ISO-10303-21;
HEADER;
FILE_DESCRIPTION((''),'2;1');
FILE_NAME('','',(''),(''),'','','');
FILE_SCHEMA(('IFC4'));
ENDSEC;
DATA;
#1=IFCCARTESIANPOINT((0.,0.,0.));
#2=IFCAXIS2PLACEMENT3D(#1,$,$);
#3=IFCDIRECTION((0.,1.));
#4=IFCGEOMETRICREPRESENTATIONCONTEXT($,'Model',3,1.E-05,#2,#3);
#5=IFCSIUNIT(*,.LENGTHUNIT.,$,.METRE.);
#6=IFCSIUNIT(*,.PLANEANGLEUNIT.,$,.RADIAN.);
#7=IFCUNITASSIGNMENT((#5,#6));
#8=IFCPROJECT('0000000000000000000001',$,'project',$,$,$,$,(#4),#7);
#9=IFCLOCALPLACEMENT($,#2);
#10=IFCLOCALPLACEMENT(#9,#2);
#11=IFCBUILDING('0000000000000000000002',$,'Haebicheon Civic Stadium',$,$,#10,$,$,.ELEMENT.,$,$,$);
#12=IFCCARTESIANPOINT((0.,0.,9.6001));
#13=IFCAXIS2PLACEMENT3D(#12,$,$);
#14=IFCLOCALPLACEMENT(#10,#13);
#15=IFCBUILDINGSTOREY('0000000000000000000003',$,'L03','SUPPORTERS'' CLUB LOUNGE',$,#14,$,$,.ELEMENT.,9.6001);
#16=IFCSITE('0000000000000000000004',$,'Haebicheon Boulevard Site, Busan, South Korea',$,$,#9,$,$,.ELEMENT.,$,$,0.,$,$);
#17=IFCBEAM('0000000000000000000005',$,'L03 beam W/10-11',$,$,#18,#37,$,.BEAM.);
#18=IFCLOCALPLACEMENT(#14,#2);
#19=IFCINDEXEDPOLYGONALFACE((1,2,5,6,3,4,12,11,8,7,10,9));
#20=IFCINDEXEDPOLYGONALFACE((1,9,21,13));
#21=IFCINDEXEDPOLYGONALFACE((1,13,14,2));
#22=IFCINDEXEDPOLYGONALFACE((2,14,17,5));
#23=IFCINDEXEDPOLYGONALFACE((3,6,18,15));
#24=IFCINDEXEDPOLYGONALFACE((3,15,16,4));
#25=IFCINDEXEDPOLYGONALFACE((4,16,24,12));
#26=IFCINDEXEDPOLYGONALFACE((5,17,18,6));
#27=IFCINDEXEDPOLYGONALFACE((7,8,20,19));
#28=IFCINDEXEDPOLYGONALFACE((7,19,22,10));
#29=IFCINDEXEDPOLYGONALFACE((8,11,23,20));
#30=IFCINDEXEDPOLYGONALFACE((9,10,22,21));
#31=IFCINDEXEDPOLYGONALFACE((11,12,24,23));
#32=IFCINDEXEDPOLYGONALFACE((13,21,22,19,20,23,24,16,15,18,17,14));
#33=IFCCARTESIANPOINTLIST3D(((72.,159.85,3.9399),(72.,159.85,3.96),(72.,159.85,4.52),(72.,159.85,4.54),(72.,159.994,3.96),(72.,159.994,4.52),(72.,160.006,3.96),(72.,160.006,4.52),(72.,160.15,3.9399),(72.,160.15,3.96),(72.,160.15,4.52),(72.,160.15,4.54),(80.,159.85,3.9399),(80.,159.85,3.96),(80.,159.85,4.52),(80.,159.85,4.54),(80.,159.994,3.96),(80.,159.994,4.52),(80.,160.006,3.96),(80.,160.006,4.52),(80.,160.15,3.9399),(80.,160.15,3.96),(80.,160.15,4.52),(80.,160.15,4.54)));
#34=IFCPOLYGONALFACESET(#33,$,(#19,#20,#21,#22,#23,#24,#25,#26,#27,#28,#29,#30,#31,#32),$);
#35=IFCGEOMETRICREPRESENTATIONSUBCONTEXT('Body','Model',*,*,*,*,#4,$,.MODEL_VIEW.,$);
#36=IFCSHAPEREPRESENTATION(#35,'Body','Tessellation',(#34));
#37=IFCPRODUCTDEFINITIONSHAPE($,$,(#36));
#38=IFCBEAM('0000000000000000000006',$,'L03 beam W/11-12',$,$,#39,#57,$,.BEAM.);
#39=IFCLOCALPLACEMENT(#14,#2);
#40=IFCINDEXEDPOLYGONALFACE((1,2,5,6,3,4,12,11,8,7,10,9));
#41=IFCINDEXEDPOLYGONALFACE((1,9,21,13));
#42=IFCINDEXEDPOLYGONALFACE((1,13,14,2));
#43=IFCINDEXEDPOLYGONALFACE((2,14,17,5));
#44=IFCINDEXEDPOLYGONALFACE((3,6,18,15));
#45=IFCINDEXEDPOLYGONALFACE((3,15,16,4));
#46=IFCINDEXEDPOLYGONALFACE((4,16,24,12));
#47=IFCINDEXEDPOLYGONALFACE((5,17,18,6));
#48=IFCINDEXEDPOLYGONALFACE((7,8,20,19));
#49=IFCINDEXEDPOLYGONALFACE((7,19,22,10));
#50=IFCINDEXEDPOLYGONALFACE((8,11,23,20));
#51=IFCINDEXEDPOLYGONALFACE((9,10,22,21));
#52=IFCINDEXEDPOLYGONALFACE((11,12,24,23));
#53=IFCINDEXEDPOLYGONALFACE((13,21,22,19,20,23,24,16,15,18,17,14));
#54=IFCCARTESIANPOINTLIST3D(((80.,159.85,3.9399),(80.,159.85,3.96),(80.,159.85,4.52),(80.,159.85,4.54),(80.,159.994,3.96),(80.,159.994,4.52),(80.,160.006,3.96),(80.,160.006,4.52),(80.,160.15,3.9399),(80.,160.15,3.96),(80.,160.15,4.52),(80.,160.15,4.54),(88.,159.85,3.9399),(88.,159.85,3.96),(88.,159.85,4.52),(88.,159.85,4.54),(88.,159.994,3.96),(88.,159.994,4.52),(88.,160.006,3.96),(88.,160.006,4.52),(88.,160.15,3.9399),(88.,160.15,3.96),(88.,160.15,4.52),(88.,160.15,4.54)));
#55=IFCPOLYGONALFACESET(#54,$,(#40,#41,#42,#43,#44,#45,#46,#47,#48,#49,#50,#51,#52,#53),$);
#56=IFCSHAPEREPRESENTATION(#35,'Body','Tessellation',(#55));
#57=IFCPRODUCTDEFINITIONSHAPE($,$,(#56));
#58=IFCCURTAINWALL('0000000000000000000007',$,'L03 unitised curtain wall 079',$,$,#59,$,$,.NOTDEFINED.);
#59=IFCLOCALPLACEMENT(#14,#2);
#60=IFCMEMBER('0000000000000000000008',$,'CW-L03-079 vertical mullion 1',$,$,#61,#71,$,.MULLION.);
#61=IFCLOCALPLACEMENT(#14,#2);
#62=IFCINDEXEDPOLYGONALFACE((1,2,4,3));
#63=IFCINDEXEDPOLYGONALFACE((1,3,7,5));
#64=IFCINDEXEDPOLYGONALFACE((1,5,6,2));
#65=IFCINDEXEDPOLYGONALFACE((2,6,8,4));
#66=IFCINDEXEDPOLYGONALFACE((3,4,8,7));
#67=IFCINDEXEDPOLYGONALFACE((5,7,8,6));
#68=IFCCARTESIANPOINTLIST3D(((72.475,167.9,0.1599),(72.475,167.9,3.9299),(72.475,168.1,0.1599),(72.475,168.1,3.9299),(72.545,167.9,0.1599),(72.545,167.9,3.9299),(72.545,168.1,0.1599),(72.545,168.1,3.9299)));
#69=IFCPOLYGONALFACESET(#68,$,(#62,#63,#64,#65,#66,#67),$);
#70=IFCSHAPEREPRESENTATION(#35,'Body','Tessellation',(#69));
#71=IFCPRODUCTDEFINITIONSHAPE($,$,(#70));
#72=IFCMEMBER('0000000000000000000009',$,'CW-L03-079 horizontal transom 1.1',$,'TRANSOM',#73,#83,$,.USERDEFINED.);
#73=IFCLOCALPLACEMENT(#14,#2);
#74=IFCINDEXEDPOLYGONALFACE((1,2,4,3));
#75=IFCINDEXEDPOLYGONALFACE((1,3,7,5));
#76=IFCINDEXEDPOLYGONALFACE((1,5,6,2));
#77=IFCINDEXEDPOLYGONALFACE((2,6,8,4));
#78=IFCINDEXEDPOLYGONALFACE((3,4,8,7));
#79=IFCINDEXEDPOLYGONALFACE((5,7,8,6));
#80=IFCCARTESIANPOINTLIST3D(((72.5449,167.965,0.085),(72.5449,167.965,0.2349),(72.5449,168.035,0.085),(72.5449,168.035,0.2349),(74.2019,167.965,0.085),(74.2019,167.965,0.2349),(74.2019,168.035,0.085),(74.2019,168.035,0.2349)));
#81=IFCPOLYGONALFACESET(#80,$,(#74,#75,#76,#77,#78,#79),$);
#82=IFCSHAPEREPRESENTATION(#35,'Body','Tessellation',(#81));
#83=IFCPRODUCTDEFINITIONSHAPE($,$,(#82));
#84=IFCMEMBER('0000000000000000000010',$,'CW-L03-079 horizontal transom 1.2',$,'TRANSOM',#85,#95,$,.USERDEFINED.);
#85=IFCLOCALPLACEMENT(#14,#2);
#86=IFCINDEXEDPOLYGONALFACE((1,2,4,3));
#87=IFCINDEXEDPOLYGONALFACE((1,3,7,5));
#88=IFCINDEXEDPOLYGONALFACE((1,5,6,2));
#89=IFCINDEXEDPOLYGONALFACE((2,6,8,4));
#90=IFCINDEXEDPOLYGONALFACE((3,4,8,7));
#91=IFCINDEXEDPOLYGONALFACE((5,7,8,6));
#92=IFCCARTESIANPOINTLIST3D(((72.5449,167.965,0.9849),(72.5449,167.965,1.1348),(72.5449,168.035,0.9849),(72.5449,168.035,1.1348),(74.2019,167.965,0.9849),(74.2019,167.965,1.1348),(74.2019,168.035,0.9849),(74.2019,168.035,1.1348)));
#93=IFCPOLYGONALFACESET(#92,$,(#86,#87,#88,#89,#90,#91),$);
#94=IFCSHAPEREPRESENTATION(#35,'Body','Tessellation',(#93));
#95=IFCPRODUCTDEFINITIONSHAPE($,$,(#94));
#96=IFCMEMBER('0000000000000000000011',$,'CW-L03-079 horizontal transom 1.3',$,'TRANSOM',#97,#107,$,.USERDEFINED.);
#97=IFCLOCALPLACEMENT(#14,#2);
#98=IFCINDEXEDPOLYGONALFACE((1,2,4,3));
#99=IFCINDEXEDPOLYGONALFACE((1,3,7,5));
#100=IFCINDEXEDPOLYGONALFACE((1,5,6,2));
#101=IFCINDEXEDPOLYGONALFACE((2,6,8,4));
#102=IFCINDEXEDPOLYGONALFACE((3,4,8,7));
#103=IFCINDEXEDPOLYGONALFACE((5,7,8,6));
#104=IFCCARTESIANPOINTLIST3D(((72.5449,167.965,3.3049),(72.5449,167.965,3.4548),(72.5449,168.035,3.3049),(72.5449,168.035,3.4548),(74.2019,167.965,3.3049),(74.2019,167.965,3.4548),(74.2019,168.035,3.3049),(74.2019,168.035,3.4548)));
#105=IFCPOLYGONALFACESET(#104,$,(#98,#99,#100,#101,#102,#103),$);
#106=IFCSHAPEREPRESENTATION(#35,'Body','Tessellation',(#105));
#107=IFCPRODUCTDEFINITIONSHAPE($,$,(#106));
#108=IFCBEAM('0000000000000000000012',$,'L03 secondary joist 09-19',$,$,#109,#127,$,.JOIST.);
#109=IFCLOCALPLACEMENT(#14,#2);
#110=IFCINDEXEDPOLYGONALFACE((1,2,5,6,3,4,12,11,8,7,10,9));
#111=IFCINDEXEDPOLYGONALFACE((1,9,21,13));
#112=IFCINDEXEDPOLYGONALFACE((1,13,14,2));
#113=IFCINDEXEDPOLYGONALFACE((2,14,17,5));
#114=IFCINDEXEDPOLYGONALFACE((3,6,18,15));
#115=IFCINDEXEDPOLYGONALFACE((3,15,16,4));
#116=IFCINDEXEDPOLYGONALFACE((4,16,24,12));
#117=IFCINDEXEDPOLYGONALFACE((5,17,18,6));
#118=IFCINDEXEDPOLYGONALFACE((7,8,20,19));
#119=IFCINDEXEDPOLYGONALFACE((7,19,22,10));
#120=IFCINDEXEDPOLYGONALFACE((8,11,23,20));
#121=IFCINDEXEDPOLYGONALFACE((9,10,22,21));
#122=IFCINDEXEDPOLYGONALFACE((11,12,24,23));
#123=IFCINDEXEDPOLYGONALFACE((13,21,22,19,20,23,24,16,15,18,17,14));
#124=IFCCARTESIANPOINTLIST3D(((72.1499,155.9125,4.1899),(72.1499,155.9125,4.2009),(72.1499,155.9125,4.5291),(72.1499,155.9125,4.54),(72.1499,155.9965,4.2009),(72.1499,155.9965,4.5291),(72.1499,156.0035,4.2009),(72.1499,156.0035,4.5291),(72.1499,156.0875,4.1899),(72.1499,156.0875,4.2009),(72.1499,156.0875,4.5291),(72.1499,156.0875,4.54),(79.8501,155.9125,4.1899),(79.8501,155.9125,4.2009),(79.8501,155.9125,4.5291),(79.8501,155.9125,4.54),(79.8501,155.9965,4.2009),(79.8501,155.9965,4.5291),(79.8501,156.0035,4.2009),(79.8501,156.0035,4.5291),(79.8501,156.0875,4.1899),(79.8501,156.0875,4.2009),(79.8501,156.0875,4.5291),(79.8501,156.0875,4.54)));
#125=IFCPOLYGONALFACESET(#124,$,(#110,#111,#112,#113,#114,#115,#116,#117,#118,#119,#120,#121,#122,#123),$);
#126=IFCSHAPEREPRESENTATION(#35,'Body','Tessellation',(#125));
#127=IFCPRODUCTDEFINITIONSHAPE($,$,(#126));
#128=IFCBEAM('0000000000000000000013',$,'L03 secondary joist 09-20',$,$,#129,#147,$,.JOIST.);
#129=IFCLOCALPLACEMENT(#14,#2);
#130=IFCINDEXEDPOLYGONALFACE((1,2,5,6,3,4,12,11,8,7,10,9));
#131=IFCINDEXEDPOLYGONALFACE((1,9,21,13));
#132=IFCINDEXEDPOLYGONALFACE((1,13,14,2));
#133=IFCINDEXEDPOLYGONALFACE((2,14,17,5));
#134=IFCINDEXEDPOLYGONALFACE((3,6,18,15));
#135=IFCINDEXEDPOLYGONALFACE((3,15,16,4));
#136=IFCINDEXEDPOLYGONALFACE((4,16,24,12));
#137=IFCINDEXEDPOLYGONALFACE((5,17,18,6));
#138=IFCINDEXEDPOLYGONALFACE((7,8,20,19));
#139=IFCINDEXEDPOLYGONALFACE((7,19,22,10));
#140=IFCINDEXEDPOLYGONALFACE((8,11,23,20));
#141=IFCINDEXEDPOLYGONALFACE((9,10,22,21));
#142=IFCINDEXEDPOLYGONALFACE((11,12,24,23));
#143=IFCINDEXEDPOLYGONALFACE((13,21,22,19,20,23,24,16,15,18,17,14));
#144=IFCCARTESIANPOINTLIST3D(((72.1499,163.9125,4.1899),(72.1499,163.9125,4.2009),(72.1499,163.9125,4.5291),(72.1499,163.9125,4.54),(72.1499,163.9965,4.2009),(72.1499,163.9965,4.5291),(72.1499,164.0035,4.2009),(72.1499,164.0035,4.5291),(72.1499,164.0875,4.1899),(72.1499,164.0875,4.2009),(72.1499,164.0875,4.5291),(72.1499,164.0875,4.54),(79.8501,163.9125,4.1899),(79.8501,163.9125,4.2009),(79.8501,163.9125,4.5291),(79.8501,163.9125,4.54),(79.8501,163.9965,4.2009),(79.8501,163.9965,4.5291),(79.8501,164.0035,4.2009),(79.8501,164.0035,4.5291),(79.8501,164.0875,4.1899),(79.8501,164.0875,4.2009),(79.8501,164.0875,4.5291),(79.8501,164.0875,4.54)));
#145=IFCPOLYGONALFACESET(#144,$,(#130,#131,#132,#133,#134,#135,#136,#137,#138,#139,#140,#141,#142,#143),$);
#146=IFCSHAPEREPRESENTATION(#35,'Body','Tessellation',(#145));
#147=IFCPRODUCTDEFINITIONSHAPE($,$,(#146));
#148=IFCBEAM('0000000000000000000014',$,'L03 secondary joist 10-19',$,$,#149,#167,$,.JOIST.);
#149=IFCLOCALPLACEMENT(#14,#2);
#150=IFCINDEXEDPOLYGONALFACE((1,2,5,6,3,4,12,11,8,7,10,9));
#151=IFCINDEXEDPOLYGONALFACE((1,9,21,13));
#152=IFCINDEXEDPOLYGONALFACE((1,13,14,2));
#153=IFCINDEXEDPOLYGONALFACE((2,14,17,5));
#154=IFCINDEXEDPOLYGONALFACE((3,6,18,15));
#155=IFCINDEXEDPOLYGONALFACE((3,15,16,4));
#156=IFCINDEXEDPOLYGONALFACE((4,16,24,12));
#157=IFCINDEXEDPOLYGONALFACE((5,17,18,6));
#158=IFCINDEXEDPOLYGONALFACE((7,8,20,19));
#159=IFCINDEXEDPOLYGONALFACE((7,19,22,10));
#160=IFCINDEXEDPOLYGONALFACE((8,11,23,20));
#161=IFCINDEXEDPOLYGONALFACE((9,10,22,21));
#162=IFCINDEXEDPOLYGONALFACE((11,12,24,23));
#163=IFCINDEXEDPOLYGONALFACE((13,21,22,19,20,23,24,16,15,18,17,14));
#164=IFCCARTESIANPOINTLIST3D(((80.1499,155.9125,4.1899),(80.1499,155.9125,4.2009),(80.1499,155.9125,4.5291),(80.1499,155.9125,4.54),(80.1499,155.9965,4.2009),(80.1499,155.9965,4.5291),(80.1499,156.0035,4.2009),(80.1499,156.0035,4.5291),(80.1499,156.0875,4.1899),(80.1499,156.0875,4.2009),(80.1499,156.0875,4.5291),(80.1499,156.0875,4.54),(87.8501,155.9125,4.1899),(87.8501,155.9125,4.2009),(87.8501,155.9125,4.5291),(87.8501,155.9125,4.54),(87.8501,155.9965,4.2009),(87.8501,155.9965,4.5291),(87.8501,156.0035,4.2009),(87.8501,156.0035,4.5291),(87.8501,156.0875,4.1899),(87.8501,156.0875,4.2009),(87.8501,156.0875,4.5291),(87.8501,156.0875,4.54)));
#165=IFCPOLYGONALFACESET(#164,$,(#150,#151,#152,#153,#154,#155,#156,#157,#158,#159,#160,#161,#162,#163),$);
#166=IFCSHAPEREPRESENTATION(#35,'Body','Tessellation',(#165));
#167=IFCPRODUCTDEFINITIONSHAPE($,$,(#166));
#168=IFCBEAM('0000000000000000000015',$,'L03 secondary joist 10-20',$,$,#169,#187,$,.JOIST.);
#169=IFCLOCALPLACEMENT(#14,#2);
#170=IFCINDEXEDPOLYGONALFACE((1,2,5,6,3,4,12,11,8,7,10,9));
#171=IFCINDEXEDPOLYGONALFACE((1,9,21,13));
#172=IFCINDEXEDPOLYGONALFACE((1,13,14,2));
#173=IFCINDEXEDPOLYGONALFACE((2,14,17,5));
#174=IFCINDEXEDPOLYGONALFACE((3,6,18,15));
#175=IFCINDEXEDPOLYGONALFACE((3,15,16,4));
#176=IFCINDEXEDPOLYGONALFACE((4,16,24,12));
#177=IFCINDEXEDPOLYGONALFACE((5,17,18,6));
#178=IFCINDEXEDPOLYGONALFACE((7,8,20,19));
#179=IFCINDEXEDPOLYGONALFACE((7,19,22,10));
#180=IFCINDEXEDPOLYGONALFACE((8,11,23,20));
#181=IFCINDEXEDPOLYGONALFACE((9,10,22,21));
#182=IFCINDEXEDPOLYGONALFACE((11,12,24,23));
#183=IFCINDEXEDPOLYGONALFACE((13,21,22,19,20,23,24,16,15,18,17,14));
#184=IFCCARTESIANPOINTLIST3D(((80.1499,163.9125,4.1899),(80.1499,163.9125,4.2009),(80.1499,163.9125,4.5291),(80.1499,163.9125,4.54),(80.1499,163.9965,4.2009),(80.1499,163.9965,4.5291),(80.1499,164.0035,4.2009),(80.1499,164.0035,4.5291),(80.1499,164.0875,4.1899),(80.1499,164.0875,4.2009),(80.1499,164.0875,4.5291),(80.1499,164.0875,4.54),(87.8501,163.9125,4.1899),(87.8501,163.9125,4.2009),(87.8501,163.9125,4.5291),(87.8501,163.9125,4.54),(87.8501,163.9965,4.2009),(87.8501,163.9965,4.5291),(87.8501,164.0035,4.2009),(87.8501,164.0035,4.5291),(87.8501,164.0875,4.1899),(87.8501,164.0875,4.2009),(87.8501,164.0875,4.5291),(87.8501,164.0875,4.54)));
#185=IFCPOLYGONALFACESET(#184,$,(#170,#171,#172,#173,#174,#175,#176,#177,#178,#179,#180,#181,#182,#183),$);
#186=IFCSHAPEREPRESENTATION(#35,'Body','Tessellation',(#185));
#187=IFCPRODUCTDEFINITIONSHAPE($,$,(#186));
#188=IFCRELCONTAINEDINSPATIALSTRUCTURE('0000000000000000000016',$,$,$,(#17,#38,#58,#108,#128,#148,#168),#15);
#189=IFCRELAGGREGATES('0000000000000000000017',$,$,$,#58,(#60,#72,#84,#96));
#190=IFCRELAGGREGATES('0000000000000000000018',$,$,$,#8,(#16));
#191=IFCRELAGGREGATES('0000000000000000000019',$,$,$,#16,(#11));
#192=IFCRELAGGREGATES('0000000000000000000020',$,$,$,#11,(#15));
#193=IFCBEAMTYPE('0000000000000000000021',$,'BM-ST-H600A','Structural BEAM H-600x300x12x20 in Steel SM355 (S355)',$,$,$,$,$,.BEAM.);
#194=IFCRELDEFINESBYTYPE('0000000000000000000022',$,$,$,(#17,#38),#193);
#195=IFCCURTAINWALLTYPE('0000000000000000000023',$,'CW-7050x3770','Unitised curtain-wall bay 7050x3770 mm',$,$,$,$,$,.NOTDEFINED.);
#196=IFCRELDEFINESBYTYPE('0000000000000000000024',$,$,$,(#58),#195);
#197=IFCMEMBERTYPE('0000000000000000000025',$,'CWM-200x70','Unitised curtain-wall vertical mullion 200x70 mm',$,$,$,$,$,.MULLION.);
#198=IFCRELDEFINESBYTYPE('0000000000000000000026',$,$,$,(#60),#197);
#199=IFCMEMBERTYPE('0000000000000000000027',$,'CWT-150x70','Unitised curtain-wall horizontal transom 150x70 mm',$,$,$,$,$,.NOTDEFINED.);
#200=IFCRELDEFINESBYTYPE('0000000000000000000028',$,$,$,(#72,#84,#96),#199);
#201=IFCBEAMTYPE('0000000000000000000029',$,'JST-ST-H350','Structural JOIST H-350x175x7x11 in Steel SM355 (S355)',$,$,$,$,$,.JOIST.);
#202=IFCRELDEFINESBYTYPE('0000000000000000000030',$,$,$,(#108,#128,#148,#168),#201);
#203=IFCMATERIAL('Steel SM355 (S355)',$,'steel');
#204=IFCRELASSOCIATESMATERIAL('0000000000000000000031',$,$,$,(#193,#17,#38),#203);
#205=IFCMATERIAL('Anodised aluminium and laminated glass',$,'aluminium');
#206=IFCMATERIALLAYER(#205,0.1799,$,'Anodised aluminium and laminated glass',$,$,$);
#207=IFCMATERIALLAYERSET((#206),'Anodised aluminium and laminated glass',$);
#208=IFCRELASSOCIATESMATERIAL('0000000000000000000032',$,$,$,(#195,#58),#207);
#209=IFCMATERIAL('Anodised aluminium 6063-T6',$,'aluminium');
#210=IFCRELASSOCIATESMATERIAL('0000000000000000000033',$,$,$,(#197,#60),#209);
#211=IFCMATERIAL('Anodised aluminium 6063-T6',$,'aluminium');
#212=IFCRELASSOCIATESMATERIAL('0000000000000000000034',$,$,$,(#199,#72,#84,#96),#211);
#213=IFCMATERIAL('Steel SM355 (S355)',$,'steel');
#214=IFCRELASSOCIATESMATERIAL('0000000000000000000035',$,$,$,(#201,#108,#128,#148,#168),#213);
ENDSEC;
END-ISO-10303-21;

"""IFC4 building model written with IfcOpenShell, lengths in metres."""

from ifc_helpers import new_model, si_unit, direction, frame, origin, origin_2d, place, context, subcontext, project, spatial, rectangle, i_section, extrude, material, layer, layer_set, material_profile, profile_set, type_object, element, aggregate, save


model = new_model("IFC4")

# Units and contexts
model_context = context("Model", 3, precision=1e-05, world=origin(), true_north=direction((0.0, 1.0)))
body_context = subcontext(model_context, "Body", "Model", "MODEL_VIEW")
ifc_project = project(units=[si_unit("LENGTHUNIT", "METRE"), si_unit("PLANEANGLEUNIT", "RADIAN")], contexts=[model_context])

# Site, building, storey
site_placement = place(None, origin())
site = spatial("IfcSite", under=ifc_project, at=site_placement, Name="Haebicheon Boulevard Site, Busan, South Korea", CompositionType="ELEMENT", RefElevation=0.0)
building_placement = place(site_placement, origin())
building = spatial("IfcBuilding", under=site, at=building_placement, Name="Haebicheon Civic Stadium", CompositionType="ELEMENT")
storey_placement = place(building_placement, frame((0.0, 0.0, 9.6001)))
storey = spatial("IfcBuildingStorey", under=building, at=storey_placement, Name="L03", Description="SUPPORTERS' CLUB LOUNGE", CompositionType="ELEMENT", Elevation=9.6001)

# Beams
ifc_material_1 = material(Name="Steel SM355 (S355)", Category="steel")
ifc_material_profile_1 = material_profile(ifc_material_1, i_section(OverallWidth=0.3, OverallDepth=0.6001, WebThickness=0.012, FlangeThickness=0.02, at=origin_2d()), Name="H-600x300x12x20")
ifc_profile_set_1 = profile_set([ifc_material_profile_1], Name="Steel SM355 (S355)")
beam_type_1 = type_object("IfcBeamType", Name="BM-ST-H600A", Description="Structural BEAM H-600x300x12x20 in Steel SM355 (S355)", PredefinedType="BEAM", material=ifc_profile_set_1)
for number, where, z_axis, x_axis, name in (
    (1, (72.0, 160.0, 4.24), (1.0, 0.0, 0.0), (0.0, 1.0, 0.0), "L03 beam W/10-11"),
    (2, (80.0, 160.0, 4.24), (1.0, 0.0, 0.0), (0.0, 1.0, 0.0), "L03 beam W/11-12"),
):
    element("IfcBeam", number, at=place(storey_placement, frame(where, z_axis=z_axis, x_axis=x_axis)), inside=storey, type_object=beam_type_1, material=ifc_profile_set_1, Name=name, PredefinedType="BEAM", context=body_context, shape_type="SweptSolid", body=[
        extrude(i_section(OverallWidth=0.3, OverallDepth=0.6001, WebThickness=0.012, FlangeThickness=0.02, at=origin_2d()), origin(), (0.0, 0.0, 1.0), 8.0),
    ])

# Curtain wall, members
ifc_material_2 = material(Name="Anodised aluminium and laminated glass", Category="aluminium")
ifc_layer_1 = layer(ifc_material_2, 0.1799, Name="Anodised aluminium and laminated glass")
ifc_layer_set_1 = layer_set([ifc_layer_1], Name="Anodised aluminium and laminated glass")
curtain_wall_type = type_object("IfcCurtainWallType", Name="CW-7050x3770", Description="Unitised curtain-wall bay 7050x3770 mm", PredefinedType="NOTDEFINED", material=ifc_layer_set_1)
curtain_wall_placement = place(storey_placement, origin())
curtain_wall = element("IfcCurtainWall", 3, at=curtain_wall_placement, inside=storey, type_object=curtain_wall_type, material=ifc_layer_set_1, Name="L03 unitised curtain wall 079", PredefinedType="NOTDEFINED")
ifc_material_3 = material(Name="Anodised aluminium 6063-T6", Category="aluminium")
ifc_material_profile_2 = material_profile(ifc_material_3, rectangle(XDim=0.0701, YDim=0.2, at=origin_2d()), Name="ALU-MULL-70x200")
ifc_profile_set_2 = profile_set([ifc_material_profile_2], Name="Anodised aluminium 6063-T6")
member_type_1 = type_object("IfcMemberType", Name="CWM-200x70", Description="Unitised curtain-wall vertical mullion 200x70 mm", PredefinedType="MULLION", material=ifc_profile_set_2)
member_1_placement = place(storey_placement, frame((72.51, 168.0, 0.1599), z_axis=(0.0, 0.0, 1.0), x_axis=(1.0, 0.0, 0.0)))
member_1 = element("IfcMember", 4, at=member_1_placement, type_object=member_type_1, material=ifc_profile_set_2, Name="CW-L03-079 vertical mullion 1", PredefinedType="MULLION", context=body_context, shape_type="SweptSolid", body=[
    extrude(rectangle(XDim=0.0701, YDim=0.2, at=origin_2d()), origin(), (0.0, 0.0, 1.0), 3.77),
])
ifc_material_4 = material(Name="Anodised aluminium 6063-T6", Category="aluminium")
ifc_material_profile_3 = material_profile(ifc_material_4, rectangle(XDim=0.0701, YDim=0.1499, at=origin_2d()), Name="ALU-TRAN-70x150")
ifc_profile_set_3 = profile_set([ifc_material_profile_3], Name="Anodised aluminium 6063-T6")
member_type_2 = type_object("IfcMemberType", Name="CWT-150x70", Description="Unitised curtain-wall horizontal transom 150x70 mm", PredefinedType="NOTDEFINED", material=ifc_profile_set_3)
member_2_placement = place(storey_placement, frame((72.5449, 168.0, 0.1599), z_axis=(1.0, 0.0, 0.0), x_axis=(0.0, 1.0, 0.0)))
member_2 = element("IfcMember", 5, at=member_2_placement, type_object=member_type_2, material=ifc_profile_set_3, Name="CW-L03-079 horizontal transom 1.1", ObjectType="TRANSOM", PredefinedType="USERDEFINED", context=body_context, shape_type="SweptSolid", body=[
    extrude(rectangle(XDim=0.0701, YDim=0.1499, at=origin_2d()), origin(), (0.0, 0.0, 1.0), 1.657),
])
member_3_placement = place(storey_placement, frame((72.5449, 168.0, 1.0598), z_axis=(1.0, 0.0, 0.0), x_axis=(0.0, 1.0, 0.0)))
member_3 = element("IfcMember", 6, at=member_3_placement, type_object=member_type_2, material=ifc_profile_set_3, Name="CW-L03-079 horizontal transom 1.2", ObjectType="TRANSOM", PredefinedType="USERDEFINED", context=body_context, shape_type="SweptSolid", body=[
    extrude(rectangle(XDim=0.0701, YDim=0.1499, at=origin_2d()), origin(), (0.0, 0.0, 1.0), 1.657),
])
member_4_placement = place(storey_placement, frame((72.5449, 168.0, 3.3799), z_axis=(1.0, 0.0, 0.0), x_axis=(0.0, 1.0, 0.0)))
member_4 = element("IfcMember", 7, at=member_4_placement, type_object=member_type_2, material=ifc_profile_set_3, Name="CW-L03-079 horizontal transom 1.3", ObjectType="TRANSOM", PredefinedType="USERDEFINED", context=body_context, shape_type="SweptSolid", body=[
    extrude(rectangle(XDim=0.0701, YDim=0.1499, at=origin_2d()), origin(), (0.0, 0.0, 1.0), 1.657),
])
aggregate(curtain_wall, [member_1, member_2, member_3, member_4])

# Beams
ifc_material_5 = material(Name="Steel SM355 (S355)", Category="steel")
ifc_material_profile_4 = material_profile(ifc_material_5, i_section(OverallWidth=0.175, OverallDepth=0.3501, WebThickness=0.0071, FlangeThickness=0.011, at=origin_2d()), Name="H-350x175x7x11")
ifc_profile_set_4 = profile_set([ifc_material_profile_4], Name="Steel SM355 (S355)")
beam_type_2 = type_object("IfcBeamType", Name="JST-ST-H350", Description="Structural JOIST H-350x175x7x11 in Steel SM355 (S355)", PredefinedType="JOIST", material=ifc_profile_set_4)
for number, where, z_axis, x_axis, name in (
    (8, (72.1499, 156.0, 4.365), (1.0, 0.0, 0.0), (0.0, 1.0, 0.0), "L03 secondary joist 09-19"),
    (9, (72.1499, 164.0, 4.365), (1.0, 0.0, 0.0), (0.0, 1.0, 0.0), "L03 secondary joist 09-20"),
    (10, (80.1499, 156.0, 4.365), (1.0, 0.0, 0.0), (0.0, 1.0, 0.0), "L03 secondary joist 10-19"),
    (11, (80.1499, 164.0, 4.365), (1.0, 0.0, 0.0), (0.0, 1.0, 0.0), "L03 secondary joist 10-20"),
):
    element("IfcBeam", number, at=place(storey_placement, frame(where, z_axis=z_axis, x_axis=x_axis)), inside=storey, type_object=beam_type_2, material=ifc_profile_set_4, Name=name, PredefinedType="JOIST", context=body_context, shape_type="SweptSolid", body=[
        extrude(i_section(OverallWidth=0.175, OverallDepth=0.3501, WebThickness=0.0071, FlangeThickness=0.011, at=origin_2d()), origin(), (0.0, 0.0, 1.0), 7.7002),
    ])

save(model, "model.ifc")
